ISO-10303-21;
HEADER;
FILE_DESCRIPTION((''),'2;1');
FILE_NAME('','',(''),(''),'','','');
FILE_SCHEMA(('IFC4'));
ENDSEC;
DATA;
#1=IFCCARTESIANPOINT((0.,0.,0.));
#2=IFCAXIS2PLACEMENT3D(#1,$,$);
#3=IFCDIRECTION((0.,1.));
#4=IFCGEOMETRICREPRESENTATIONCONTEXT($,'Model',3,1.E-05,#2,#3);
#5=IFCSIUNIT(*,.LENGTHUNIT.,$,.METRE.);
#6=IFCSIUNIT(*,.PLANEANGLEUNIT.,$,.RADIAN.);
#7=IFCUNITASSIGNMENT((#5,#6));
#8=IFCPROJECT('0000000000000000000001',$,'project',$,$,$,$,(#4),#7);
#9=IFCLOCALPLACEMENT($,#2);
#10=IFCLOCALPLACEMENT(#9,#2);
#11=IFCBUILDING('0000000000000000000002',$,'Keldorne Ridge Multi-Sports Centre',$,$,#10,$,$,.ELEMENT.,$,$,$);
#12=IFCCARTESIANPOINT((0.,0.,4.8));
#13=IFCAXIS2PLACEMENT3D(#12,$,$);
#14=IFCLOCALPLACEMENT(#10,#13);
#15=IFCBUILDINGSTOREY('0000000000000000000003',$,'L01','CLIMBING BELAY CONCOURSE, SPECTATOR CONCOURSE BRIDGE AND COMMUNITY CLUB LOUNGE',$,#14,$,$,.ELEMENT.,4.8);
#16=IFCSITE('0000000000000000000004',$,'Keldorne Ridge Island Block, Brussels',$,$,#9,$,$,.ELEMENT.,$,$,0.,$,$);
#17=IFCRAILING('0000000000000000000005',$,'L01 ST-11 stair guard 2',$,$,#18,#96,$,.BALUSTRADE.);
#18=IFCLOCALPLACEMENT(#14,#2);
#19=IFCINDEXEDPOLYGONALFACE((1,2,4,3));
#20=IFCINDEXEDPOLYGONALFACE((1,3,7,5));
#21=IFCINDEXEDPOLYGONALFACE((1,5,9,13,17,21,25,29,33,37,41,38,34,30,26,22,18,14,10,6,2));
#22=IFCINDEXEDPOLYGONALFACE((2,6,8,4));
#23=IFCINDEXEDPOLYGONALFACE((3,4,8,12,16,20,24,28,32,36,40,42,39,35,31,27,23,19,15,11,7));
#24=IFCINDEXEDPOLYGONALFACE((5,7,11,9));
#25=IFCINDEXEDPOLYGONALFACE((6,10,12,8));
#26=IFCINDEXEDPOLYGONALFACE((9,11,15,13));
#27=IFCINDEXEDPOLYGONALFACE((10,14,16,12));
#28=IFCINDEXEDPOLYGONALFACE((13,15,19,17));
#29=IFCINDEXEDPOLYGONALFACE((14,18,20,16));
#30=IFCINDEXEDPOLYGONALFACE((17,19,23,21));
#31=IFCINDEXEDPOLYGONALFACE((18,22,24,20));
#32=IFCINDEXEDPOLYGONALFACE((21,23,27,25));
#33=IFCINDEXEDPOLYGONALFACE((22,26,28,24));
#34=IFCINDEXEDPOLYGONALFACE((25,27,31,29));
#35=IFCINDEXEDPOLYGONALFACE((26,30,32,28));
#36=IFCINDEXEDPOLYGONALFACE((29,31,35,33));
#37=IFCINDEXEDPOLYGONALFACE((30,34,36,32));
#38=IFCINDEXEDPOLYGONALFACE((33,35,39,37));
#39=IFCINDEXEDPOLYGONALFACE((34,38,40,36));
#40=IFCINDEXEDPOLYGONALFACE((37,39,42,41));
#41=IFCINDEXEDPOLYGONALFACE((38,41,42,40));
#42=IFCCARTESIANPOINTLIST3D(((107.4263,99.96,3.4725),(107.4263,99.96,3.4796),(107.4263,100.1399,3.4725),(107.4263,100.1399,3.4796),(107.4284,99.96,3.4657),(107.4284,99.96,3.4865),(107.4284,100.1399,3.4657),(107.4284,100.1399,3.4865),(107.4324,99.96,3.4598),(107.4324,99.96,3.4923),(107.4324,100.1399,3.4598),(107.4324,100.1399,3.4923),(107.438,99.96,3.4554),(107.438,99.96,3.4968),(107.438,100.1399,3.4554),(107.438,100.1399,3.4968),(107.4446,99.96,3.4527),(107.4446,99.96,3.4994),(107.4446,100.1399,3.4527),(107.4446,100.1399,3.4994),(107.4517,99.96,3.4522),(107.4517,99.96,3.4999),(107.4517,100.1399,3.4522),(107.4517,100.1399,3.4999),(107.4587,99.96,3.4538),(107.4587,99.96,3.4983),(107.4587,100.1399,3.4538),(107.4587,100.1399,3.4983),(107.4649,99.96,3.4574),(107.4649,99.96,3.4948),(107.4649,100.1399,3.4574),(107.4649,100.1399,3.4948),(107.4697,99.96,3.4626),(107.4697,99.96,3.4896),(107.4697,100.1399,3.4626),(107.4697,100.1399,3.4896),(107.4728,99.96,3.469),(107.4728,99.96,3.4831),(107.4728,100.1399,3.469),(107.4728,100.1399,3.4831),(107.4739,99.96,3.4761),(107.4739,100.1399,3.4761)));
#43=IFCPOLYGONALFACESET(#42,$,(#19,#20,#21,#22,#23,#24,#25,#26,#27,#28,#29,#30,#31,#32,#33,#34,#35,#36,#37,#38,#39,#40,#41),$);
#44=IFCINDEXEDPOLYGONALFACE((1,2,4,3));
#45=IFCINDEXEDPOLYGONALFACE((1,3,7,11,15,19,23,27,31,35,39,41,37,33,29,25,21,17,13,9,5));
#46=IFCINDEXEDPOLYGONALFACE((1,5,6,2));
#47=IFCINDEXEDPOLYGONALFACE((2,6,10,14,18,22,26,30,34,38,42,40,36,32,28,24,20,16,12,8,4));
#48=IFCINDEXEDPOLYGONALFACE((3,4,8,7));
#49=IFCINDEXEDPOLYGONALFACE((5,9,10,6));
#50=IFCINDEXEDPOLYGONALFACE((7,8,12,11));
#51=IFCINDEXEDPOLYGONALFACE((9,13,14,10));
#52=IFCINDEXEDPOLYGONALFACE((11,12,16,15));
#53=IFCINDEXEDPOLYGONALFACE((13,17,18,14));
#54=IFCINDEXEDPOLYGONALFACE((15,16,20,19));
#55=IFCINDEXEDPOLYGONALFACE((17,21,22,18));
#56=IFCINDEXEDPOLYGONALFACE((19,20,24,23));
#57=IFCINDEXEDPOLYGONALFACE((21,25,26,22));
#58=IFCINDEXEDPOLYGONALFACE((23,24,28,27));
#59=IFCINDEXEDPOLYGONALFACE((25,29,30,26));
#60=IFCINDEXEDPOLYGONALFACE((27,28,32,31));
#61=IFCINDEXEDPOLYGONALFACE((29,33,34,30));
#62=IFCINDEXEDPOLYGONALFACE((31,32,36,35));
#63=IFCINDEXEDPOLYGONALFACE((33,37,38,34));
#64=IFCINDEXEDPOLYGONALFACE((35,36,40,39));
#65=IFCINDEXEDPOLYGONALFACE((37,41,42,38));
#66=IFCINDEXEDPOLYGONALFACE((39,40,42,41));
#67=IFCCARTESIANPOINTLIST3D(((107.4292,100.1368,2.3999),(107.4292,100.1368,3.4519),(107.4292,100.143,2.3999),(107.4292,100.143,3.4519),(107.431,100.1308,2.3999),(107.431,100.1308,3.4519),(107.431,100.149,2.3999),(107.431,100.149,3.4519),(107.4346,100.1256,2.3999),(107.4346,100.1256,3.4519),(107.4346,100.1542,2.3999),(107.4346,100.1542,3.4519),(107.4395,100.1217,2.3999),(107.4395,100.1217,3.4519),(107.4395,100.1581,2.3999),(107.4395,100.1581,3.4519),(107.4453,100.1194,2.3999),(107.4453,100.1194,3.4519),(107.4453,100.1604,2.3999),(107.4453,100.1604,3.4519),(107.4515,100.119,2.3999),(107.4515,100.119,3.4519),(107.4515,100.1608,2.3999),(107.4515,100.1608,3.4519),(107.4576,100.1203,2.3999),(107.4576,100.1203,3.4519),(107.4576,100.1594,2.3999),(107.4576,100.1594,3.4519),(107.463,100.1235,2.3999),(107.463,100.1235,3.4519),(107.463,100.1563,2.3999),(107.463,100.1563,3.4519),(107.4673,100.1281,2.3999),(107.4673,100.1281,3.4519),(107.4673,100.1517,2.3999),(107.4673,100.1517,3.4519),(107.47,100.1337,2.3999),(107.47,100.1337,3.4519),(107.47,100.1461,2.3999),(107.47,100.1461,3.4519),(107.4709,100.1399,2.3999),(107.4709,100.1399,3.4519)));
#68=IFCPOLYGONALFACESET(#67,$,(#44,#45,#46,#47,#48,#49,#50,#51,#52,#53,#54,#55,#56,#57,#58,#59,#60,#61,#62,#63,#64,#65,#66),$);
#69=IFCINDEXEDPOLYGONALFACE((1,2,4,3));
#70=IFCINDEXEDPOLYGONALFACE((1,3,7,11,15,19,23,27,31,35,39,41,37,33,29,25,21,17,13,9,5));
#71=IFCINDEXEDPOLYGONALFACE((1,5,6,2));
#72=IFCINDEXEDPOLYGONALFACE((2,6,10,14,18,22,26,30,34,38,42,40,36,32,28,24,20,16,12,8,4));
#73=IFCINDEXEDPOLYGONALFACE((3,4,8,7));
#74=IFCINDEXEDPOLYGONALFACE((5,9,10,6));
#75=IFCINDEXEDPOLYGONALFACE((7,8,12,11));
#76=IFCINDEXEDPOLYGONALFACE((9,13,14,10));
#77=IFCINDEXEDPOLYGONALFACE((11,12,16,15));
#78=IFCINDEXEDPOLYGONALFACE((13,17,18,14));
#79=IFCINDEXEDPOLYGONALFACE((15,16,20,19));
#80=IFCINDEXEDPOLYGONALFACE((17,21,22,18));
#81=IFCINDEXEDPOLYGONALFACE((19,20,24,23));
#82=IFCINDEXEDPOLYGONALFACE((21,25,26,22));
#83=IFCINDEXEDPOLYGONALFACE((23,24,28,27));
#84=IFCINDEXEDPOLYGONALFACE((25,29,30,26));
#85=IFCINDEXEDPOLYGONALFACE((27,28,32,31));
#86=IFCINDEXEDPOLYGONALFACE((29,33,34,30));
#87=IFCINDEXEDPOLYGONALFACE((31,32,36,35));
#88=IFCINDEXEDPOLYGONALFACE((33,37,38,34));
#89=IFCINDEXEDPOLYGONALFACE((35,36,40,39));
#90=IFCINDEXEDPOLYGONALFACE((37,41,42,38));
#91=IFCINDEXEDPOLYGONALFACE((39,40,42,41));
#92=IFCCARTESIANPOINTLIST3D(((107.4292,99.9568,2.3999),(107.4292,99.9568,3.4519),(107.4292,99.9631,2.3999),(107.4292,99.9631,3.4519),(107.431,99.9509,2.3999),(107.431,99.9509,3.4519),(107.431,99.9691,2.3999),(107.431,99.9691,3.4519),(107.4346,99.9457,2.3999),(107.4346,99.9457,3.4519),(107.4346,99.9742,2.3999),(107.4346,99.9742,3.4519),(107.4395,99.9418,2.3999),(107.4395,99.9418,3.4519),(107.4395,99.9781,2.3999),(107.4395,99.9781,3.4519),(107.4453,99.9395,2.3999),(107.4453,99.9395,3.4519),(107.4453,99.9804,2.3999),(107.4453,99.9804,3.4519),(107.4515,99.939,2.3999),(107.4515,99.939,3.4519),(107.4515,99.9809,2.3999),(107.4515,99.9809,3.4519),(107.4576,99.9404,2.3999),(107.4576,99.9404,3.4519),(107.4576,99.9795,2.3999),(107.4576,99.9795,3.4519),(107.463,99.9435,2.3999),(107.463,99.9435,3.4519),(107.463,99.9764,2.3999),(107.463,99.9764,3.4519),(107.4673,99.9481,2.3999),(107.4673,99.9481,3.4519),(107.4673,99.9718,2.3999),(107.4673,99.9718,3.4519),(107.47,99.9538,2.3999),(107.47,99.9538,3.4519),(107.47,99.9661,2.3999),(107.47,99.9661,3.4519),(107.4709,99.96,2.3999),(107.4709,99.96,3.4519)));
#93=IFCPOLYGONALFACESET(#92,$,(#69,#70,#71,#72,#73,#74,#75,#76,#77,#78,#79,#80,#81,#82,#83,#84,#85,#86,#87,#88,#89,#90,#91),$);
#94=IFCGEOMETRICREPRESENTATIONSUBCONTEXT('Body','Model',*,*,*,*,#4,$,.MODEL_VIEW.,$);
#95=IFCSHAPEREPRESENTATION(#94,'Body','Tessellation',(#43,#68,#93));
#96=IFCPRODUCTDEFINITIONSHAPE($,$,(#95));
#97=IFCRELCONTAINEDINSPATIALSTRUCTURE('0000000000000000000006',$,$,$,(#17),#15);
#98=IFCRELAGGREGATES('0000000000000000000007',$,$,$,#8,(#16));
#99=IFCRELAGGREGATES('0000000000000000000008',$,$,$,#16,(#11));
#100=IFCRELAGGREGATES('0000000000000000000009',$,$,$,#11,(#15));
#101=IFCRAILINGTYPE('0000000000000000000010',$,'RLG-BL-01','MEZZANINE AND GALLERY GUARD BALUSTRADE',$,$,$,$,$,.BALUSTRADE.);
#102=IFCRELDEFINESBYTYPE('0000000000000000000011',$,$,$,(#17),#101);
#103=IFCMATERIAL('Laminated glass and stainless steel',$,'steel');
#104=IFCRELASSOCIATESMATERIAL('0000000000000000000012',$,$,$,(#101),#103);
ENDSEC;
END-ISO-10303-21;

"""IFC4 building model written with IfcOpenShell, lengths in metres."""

from ifc_helpers import new_model, si_unit, direction, frame, origin, origin_2d, place, context, subcontext, project, spatial, circle, extrude, material, type_object, element, save


model = new_model("IFC4")

# Units and contexts
model_context = context("Model", 3, precision=1e-05, world=origin(), true_north=direction((0.0, 1.0)))
body_context = subcontext(model_context, "Body", "Model", "MODEL_VIEW")
ifc_project = project(units=[si_unit("LENGTHUNIT", "METRE"), si_unit("PLANEANGLEUNIT", "RADIAN")], contexts=[model_context])

# Site, building, storey
site_placement = place(None, origin())
site = spatial("IfcSite", under=ifc_project, at=site_placement, Name="Keldorne Ridge Island Block, Brussels", CompositionType="ELEMENT", RefElevation=0.0)
building_placement = place(site_placement, origin())
building = spatial("IfcBuilding", under=site, at=building_placement, Name="Keldorne Ridge Multi-Sports Centre", CompositionType="ELEMENT")
storey_placement = place(building_placement, frame((0.0, 0.0, 4.8)))
storey = spatial("IfcBuildingStorey", under=building, at=storey_placement, Name="L01", Description="CLIMBING BELAY CONCOURSE, SPECTATOR CONCOURSE BRIDGE AND COMMUNITY CLUB LOUNGE", CompositionType="ELEMENT", Elevation=4.8)

# Railing
ifc_material_1 = material(Name="Laminated glass and stainless steel", Category="steel")
railing_type_1 = type_object("IfcRailingType", Name="RLG-BL-01", Description="MEZZANINE AND GALLERY GUARD BALUSTRADE", PredefinedType="BALUSTRADE", material=ifc_material_1)
railing_1_placement = place(storey_placement, frame((107.45, 100.1399, 2.3999)))
element("IfcRailing", 1, at=railing_1_placement, inside=storey, type_object=railing_type_1, Name="L01 ST-11 stair guard 2", PredefinedType="BALUSTRADE", context=body_context, shape_type="SweptSolid", body=[
    extrude(circle(Radius=0.0239, at=origin_2d()), frame((0.0, 0.0, 1.0762), z_axis=(0.0, -1.0, 0.0), x_axis=(1.0, 0.0, 0.0)), (0.0, 0.0, 1.0), 0.1799),
    extrude(circle(Radius=0.021, at=origin_2d()), origin(), (0.0, 0.0, 1.0), 1.052),
    extrude(circle(Radius=0.021, at=origin_2d()), frame((0.0, -0.1799, 0.0)), (0.0, 0.0, 1.0), 1.052),
])

save(model, "model.ifc")
